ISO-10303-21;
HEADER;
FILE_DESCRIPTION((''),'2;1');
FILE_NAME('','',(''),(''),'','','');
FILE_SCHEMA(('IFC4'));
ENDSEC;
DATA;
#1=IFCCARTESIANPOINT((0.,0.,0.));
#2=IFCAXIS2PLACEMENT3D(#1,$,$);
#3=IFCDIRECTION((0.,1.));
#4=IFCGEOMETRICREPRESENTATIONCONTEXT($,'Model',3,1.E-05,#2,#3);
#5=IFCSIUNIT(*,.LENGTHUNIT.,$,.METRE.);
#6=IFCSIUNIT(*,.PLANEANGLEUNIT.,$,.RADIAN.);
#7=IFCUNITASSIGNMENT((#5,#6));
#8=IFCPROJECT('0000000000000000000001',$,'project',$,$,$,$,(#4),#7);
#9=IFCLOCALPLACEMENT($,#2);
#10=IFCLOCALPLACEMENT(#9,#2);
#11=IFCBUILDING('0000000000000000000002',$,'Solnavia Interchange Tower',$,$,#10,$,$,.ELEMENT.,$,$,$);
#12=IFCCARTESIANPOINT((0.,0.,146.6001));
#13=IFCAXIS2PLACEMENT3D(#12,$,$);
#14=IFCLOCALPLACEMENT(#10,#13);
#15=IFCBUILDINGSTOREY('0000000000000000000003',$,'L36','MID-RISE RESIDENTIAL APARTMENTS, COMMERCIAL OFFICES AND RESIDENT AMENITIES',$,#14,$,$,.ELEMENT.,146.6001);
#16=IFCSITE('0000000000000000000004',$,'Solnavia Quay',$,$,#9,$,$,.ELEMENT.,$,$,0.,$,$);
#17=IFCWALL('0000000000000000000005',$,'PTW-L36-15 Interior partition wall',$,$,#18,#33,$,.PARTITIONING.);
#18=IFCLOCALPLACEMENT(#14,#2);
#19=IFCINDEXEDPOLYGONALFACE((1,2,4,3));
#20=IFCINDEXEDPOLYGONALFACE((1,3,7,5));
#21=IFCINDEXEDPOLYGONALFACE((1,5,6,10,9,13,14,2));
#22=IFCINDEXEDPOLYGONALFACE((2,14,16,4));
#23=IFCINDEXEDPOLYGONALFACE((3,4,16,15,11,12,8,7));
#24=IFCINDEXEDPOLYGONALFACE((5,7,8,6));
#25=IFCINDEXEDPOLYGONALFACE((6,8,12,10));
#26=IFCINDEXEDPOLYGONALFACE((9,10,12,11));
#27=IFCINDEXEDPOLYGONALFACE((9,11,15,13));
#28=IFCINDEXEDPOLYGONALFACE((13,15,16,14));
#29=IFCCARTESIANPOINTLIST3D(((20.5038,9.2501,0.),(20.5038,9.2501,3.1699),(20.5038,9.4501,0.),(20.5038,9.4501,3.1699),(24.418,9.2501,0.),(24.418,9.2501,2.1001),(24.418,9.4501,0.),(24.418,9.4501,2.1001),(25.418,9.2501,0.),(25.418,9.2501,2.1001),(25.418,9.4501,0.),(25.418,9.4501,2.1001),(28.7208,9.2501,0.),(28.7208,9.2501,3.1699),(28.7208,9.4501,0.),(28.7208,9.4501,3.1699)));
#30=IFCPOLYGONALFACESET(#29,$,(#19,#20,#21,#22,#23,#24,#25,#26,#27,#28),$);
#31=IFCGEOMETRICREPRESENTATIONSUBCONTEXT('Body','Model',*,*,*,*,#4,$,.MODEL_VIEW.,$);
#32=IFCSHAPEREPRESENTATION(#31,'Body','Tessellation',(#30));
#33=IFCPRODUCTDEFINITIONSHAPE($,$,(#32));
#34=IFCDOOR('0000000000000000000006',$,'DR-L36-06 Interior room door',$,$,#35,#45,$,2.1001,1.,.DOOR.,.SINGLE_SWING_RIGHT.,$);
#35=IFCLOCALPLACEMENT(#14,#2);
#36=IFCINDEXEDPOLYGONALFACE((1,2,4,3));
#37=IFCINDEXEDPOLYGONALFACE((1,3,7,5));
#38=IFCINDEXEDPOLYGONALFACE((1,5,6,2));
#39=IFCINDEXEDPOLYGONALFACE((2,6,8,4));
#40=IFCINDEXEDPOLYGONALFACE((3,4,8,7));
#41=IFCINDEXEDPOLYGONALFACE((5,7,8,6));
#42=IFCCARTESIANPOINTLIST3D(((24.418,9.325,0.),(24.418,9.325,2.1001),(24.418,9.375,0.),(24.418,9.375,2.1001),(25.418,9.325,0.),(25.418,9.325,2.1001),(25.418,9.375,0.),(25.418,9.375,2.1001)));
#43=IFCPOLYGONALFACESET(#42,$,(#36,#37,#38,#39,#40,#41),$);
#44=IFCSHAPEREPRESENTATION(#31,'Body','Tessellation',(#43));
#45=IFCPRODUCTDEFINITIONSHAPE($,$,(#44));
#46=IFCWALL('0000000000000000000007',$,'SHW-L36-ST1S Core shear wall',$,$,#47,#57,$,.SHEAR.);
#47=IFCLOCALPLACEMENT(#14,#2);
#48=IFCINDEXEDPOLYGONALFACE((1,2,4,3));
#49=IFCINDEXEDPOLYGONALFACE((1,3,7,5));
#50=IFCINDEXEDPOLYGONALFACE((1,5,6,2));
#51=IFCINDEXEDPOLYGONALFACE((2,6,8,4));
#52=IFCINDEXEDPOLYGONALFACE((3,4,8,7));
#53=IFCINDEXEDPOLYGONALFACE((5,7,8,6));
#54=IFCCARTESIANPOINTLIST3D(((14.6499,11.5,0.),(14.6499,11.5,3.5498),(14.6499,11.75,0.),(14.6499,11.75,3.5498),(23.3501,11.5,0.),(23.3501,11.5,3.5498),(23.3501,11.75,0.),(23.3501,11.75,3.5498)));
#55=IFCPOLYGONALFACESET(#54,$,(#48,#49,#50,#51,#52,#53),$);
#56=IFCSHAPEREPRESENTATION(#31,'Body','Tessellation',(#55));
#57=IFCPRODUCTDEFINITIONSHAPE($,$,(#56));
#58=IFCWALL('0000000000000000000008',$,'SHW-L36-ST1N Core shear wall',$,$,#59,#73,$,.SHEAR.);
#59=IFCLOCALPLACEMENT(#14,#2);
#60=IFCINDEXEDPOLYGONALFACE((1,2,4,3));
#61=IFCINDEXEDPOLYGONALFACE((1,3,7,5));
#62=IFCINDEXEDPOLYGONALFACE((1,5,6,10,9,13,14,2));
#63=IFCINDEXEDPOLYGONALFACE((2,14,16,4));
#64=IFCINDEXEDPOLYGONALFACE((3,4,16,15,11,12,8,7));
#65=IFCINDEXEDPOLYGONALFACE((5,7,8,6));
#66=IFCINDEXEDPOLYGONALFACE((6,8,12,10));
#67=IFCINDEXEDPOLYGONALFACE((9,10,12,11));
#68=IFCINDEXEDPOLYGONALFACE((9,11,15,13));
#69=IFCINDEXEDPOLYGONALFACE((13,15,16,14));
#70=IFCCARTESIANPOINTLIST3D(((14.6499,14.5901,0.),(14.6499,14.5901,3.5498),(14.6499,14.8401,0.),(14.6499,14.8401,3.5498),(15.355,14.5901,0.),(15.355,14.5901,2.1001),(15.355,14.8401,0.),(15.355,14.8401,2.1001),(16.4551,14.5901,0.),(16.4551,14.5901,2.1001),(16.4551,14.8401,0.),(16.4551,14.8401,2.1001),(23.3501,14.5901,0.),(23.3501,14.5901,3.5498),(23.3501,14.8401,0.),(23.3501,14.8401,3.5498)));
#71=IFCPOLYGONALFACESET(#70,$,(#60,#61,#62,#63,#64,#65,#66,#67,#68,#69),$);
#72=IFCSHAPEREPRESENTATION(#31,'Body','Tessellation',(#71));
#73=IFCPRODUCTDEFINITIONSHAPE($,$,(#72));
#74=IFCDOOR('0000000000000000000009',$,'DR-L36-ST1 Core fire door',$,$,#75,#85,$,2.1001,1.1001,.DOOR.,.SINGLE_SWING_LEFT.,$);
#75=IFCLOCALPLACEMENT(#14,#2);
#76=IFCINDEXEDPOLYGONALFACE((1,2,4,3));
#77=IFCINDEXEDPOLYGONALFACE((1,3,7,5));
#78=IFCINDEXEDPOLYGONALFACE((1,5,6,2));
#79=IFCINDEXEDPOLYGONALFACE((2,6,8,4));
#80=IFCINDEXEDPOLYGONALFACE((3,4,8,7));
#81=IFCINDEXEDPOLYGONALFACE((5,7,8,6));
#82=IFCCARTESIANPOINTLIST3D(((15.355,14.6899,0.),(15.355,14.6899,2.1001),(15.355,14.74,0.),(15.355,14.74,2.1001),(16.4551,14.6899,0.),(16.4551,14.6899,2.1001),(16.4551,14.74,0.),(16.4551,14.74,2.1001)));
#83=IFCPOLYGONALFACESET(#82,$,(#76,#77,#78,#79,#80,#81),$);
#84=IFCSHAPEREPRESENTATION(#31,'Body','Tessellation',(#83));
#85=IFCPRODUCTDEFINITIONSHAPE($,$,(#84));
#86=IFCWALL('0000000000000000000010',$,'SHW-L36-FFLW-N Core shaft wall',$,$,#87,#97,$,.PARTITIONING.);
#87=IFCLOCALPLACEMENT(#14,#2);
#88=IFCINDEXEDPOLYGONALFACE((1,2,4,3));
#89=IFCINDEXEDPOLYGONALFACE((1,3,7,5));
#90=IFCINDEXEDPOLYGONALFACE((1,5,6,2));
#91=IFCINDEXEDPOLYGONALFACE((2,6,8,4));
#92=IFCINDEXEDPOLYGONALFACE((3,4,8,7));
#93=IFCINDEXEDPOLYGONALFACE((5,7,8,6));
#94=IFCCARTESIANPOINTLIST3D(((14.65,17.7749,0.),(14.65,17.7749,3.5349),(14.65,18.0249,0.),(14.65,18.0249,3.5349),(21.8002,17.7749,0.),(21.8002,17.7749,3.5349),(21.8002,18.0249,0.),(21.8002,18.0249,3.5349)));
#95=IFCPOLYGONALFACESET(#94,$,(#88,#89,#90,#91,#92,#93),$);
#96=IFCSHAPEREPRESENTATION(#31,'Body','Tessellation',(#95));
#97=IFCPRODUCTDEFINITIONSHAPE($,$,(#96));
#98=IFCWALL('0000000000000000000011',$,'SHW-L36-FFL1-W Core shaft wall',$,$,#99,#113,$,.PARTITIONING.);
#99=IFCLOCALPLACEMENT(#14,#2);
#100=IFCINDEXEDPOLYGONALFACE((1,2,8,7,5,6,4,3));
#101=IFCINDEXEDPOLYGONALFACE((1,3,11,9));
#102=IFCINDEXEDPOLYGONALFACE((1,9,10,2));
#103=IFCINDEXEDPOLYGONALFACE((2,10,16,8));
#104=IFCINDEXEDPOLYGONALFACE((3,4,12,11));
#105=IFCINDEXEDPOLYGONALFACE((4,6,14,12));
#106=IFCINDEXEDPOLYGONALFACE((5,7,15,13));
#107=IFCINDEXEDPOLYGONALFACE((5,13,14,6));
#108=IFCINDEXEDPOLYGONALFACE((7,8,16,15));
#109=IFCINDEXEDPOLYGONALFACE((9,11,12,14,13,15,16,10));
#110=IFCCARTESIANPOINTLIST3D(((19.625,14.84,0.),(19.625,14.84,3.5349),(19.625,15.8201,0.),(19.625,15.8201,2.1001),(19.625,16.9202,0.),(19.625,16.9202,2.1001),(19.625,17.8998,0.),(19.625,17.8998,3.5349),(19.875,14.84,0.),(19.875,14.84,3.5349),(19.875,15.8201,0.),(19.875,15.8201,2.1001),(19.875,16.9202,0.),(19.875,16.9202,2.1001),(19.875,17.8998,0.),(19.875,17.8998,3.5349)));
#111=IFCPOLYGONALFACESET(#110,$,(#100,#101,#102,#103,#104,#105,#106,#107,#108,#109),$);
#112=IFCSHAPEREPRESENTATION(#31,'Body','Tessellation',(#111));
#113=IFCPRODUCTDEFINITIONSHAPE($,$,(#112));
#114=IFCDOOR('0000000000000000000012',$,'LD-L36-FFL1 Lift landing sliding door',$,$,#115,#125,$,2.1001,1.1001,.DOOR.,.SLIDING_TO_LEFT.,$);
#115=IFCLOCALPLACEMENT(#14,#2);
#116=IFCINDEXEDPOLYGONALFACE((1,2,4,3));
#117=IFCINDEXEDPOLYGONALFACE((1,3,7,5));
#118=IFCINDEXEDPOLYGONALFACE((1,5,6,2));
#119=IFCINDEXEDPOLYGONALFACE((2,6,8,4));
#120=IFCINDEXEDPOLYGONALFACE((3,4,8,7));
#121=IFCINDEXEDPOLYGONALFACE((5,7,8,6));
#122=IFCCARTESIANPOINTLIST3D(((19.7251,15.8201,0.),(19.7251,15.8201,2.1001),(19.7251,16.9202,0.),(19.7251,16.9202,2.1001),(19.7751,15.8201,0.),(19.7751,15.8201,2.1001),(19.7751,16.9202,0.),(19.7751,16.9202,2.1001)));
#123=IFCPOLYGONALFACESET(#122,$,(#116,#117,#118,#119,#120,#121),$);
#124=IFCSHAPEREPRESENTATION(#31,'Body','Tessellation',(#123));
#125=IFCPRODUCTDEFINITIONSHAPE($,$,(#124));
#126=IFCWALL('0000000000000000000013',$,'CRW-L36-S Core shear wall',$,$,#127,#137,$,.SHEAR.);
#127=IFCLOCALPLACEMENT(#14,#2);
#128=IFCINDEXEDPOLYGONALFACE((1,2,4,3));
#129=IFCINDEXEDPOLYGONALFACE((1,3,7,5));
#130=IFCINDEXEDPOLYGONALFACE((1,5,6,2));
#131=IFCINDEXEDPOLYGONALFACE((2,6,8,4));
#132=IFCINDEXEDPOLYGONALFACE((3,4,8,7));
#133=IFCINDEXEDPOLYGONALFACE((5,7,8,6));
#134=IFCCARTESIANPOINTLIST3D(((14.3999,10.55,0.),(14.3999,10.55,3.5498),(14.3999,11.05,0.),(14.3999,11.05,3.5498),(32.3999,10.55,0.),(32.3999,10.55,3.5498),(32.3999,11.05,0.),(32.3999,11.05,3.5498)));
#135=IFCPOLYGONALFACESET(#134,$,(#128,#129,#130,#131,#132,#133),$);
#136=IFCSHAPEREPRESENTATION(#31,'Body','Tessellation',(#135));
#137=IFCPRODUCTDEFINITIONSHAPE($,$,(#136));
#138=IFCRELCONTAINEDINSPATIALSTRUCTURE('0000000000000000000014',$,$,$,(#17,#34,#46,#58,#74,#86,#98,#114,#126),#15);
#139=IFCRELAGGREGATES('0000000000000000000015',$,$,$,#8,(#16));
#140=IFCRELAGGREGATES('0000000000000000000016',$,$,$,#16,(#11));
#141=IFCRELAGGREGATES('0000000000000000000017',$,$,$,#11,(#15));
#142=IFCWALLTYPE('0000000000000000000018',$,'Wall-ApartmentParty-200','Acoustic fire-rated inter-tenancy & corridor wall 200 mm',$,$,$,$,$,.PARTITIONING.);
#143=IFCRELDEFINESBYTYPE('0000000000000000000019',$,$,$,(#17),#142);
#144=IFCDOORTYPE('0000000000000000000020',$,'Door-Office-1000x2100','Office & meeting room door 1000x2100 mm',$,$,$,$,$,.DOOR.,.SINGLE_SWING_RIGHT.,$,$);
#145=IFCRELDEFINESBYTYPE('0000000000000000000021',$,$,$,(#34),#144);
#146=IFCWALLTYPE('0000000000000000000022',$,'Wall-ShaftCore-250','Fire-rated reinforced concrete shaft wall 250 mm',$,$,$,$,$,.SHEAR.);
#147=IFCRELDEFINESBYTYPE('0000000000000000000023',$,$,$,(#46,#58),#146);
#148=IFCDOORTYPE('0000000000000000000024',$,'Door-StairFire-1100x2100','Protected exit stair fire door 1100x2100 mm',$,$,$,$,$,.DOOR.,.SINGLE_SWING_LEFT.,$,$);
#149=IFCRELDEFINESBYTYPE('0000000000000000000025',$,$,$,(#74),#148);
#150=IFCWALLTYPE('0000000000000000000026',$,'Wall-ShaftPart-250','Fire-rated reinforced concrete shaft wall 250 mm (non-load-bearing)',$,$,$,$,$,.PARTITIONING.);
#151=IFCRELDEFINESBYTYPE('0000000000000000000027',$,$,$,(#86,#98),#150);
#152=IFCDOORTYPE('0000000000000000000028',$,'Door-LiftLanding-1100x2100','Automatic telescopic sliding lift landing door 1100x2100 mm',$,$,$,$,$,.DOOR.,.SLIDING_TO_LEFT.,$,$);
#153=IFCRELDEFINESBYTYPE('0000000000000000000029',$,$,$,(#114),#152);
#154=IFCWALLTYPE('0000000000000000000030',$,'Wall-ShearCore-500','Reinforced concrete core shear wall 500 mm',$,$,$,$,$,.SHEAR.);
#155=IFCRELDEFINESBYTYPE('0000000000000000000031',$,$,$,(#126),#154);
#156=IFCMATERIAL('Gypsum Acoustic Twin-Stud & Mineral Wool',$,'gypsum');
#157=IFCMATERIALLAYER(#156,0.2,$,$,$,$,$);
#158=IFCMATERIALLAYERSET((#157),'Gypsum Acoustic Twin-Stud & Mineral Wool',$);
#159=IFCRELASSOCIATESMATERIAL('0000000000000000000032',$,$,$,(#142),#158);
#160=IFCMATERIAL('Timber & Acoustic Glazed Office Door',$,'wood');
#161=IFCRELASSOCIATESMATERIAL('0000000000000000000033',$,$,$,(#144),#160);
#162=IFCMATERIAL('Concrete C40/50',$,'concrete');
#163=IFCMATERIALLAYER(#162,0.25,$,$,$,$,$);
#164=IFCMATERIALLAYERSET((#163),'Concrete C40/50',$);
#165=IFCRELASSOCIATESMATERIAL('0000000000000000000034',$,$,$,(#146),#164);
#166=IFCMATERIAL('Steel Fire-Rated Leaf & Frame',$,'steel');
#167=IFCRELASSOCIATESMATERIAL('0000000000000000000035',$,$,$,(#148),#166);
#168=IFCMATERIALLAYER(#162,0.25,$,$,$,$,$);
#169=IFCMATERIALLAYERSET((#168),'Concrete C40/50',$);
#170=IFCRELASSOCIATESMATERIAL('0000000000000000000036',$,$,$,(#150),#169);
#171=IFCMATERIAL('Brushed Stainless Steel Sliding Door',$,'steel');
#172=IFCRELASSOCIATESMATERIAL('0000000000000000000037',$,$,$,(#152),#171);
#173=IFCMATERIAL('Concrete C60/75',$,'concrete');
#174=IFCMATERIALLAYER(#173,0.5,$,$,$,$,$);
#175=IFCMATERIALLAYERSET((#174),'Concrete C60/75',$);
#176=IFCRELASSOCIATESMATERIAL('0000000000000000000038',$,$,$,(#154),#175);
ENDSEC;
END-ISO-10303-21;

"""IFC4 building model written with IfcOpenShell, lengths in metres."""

from ifc_helpers import new_model, si_unit, direction, frame, frame_2d, origin, place, context, subcontext, project, spatial, rectangle, extrude, material, layer, layer_set, type_object, element, fill, save


model = new_model("IFC4")

# Units and contexts
model_context = context("Model", 3, precision=1e-05, world=origin(), true_north=direction((0.0, 1.0)))
body_context = subcontext(model_context, "Body", "Model", "MODEL_VIEW")
ifc_project = project(units=[si_unit("LENGTHUNIT", "METRE"), si_unit("PLANEANGLEUNIT", "RADIAN")], contexts=[model_context])

# Site, building, storey
site_placement = place(None, origin())
site = spatial("IfcSite", under=ifc_project, at=site_placement, Name="Solnavia Quay", CompositionType="ELEMENT", RefElevation=0.0)
building_placement = place(site_placement, origin())
building = spatial("IfcBuilding", under=site, at=building_placement, Name="Solnavia Interchange Tower", CompositionType="ELEMENT")
storey_placement = place(building_placement, frame((0.0, 0.0, 146.6001)))
storey = spatial("IfcBuildingStorey", under=building, at=storey_placement, Name="L36", Description="MID-RISE RESIDENTIAL APARTMENTS, COMMERCIAL OFFICES AND RESIDENT AMENITIES", CompositionType="ELEMENT", Elevation=146.6001)

# Shared definitions
ifc_material_1 = material(Name="Gypsum Acoustic Twin-Stud & Mineral Wool", Category="gypsum")
ifc_layer_1 = layer(ifc_material_1, 0.2)
ifc_layer_set_1 = layer_set([ifc_layer_1], Name="Gypsum Acoustic Twin-Stud & Mineral Wool")
wall_type_1 = type_object("IfcWallType", Name="Wall-ApartmentParty-200", Description="Acoustic fire-rated inter-tenancy & corridor wall 200 mm", PredefinedType="PARTITIONING", material=ifc_layer_set_1)

# Wall, opening, door
wall_1_placement = place(storey_placement, frame((20.5039, 9.3501, 0.0), z_axis=(0.0, 0.0, 1.0), x_axis=(1.0, 0.0, 0.0)))
wall_1 = element("IfcWall", 1, at=wall_1_placement, inside=storey, type_object=wall_type_1, Name="PTW-L36-15 Interior partition wall", PredefinedType="PARTITIONING", context=body_context, shape_type="SweptSolid", body=[
    extrude(rectangle(XDim=8.217, YDim=0.2, at=frame_2d((4.1084, 0.0))), origin(), (0.0, 0.0, 1.0), 3.1699),
])
opening_1_placement = place(wall_1_placement, frame((3.9141, 0.0, 0.0)))
opening_1 = element("IfcOpeningElement", 2, at=opening_1_placement, cuts=wall_1, PredefinedType="OPENING", context=body_context, shape_type="SweptSolid", body=[
    extrude(rectangle(XDim=1.0, YDim=2.1001, at=frame_2d((0.5, 1.05))), frame((0.0, 0.1099, 0.0), z_axis=(0.0, -1.0, 0.0), x_axis=(1.0, 0.0, 0.0)), (0.0, 0.0, 1.0), 0.22),
])
ifc_material_2 = material(Name="Timber & Acoustic Glazed Office Door", Category="wood")
door_type_1 = type_object("IfcDoorType", Name="Door-Office-1000x2100", Description="Office & meeting room door 1000x2100 mm", OperationType="SINGLE_SWING_RIGHT", PredefinedType="DOOR", material=ifc_material_2)
door_1_placement = place(opening_1_placement, origin())
door_1 = element("IfcDoor", 3, at=door_1_placement, inside=storey, type_object=door_type_1, Name="DR-L36-06 Interior room door", OperationType="SINGLE_SWING_RIGHT", OverallHeight=2.1001, OverallWidth=1.0, PredefinedType="DOOR", context=body_context, shape_type="SweptSolid", body=[
    extrude(rectangle(XDim=1.0, YDim=2.1001, at=frame_2d((0.5, 1.05))), frame((0.0, 0.0249, 0.0), z_axis=(0.0, -1.0, 0.0), x_axis=(1.0, 0.0, 0.0)), (0.0, 0.0, 1.0), 0.05),
])
fill(opening_1, door_1)

# Wall
ifc_material_3 = material(Name="Concrete C40/50", Category="concrete")
ifc_layer_2 = layer(ifc_material_3, 0.25)
ifc_layer_set_2 = layer_set([ifc_layer_2], Name="Concrete C40/50")
wall_type_2 = type_object("IfcWallType", Name="Wall-ShaftCore-250", Description="Fire-rated reinforced concrete shaft wall 250 mm", PredefinedType="SHEAR", material=ifc_layer_set_2)
wall_2_placement = place(storey_placement, frame((14.6499, 11.625, 0.0), z_axis=(0.0, 0.0, 1.0), x_axis=(1.0, 0.0, 0.0)))
element("IfcWall", 4, at=wall_2_placement, inside=storey, type_object=wall_type_2, Name="SHW-L36-ST1S Core shear wall", PredefinedType="SHEAR", context=body_context, shape_type="SweptSolid", body=[
    extrude(rectangle(XDim=8.7002, YDim=0.25, at=frame_2d((4.3501, 0.0))), origin(), (0.0, 0.0, 1.0), 3.5498),
])

# Wall, opening, door
wall_3_placement = place(storey_placement, frame((14.6499, 14.7151, 0.0), z_axis=(0.0, 0.0, 1.0), x_axis=(1.0, 0.0, 0.0)))
wall_3 = element("IfcWall", 5, at=wall_3_placement, inside=storey, type_object=wall_type_2, Name="SHW-L36-ST1N Core shear wall", PredefinedType="SHEAR", context=body_context, shape_type="SweptSolid", body=[
    extrude(rectangle(XDim=8.7002, YDim=0.25, at=frame_2d((4.3501, 0.0))), origin(), (0.0, 0.0, 1.0), 3.5498),
])
opening_2_placement = place(wall_3_placement, frame((0.7051, 0.0, 0.0)))
opening_2 = element("IfcOpeningElement", 6, at=opening_2_placement, cuts=wall_3, PredefinedType="OPENING", context=body_context, shape_type="SweptSolid", body=[
    extrude(rectangle(XDim=1.1001, YDim=2.1001, at=frame_2d((0.55, 1.05))), frame((0.0, 0.135, 0.0), z_axis=(0.0, -1.0, 0.0), x_axis=(1.0, 0.0, 0.0)), (0.0, 0.0, 1.0), 0.27),
])
ifc_material_4 = material(Name="Steel Fire-Rated Leaf & Frame", Category="steel")
door_type_2 = type_object("IfcDoorType", Name="Door-StairFire-1100x2100", Description="Protected exit stair fire door 1100x2100 mm", OperationType="SINGLE_SWING_LEFT", PredefinedType="DOOR", material=ifc_material_4)
door_2_placement = place(opening_2_placement, origin())
door_2 = element("IfcDoor", 7, at=door_2_placement, inside=storey, type_object=door_type_2, Name="DR-L36-ST1 Core fire door", OperationType="SINGLE_SWING_LEFT", OverallHeight=2.1001, OverallWidth=1.1001, PredefinedType="DOOR", context=body_context, shape_type="SweptSolid", body=[
    extrude(rectangle(XDim=1.1001, YDim=2.1001, at=frame_2d((0.55, 1.05))), frame((0.0, 0.0249, 0.0), z_axis=(0.0, -1.0, 0.0), x_axis=(1.0, 0.0, 0.0)), (0.0, 0.0, 1.0), 0.05),
])
fill(opening_2, door_2)

# Wall
ifc_layer_3 = layer(ifc_material_3, 0.25)
ifc_layer_set_3 = layer_set([ifc_layer_3], Name="Concrete C40/50")
wall_type_3 = type_object("IfcWallType", Name="Wall-ShaftPart-250", Description="Fire-rated reinforced concrete shaft wall 250 mm (non-load-bearing)", PredefinedType="PARTITIONING", material=ifc_layer_set_3)
wall_4_placement = place(storey_placement, frame((14.6499, 17.8999, 0.0), z_axis=(0.0, 0.0, 1.0), x_axis=(1.0, 0.0, 0.0)))
element("IfcWall", 8, at=wall_4_placement, inside=storey, type_object=wall_type_3, Name="SHW-L36-FFLW-N Core shaft wall", PredefinedType="PARTITIONING", context=body_context, shape_type="SweptSolid", body=[
    extrude(rectangle(XDim=7.1501, YDim=0.25, at=frame_2d((3.5752, 0.0))), origin(), (0.0, 0.0, 1.0), 3.5349),
])

# Wall, opening, door
wall_5_placement = place(storey_placement, frame((19.75, 14.8401, 0.0), z_axis=(0.0, 0.0, 1.0), x_axis=(0.0, 1.0, 0.0)))
wall_5 = element("IfcWall", 9, at=wall_5_placement, inside=storey, type_object=wall_type_3, Name="SHW-L36-FFL1-W Core shaft wall", PredefinedType="PARTITIONING", context=body_context, shape_type="SweptSolid", body=[
    extrude(rectangle(XDim=3.0598, YDim=0.25, at=frame_2d((1.5298, 0.0))), origin(), (0.0, 0.0, 1.0), 3.5349),
])
opening_3_placement = place(wall_5_placement, frame((0.98, 0.0, 0.0)))
opening_3 = element("IfcOpeningElement", 10, at=opening_3_placement, cuts=wall_5, PredefinedType="OPENING", context=body_context, shape_type="SweptSolid", body=[
    extrude(rectangle(XDim=1.1001, YDim=2.1001, at=frame_2d((0.55, 1.05))), frame((0.0, 0.135, 0.0), z_axis=(0.0, -1.0, 0.0), x_axis=(1.0, 0.0, 0.0)), (0.0, 0.0, 1.0), 0.27),
])
ifc_material_5 = material(Name="Brushed Stainless Steel Sliding Door", Category="steel")
door_type_3 = type_object("IfcDoorType", Name="Door-LiftLanding-1100x2100", Description="Automatic telescopic sliding lift landing door 1100x2100 mm", OperationType="SLIDING_TO_LEFT", PredefinedType="DOOR", material=ifc_material_5)
door_3_placement = place(opening_3_placement, origin())
door_3 = element("IfcDoor", 11, at=door_3_placement, inside=storey, type_object=door_type_3, Name="LD-L36-FFL1 Lift landing sliding door", OperationType="SLIDING_TO_LEFT", OverallHeight=2.1001, OverallWidth=1.1001, PredefinedType="DOOR", context=body_context, shape_type="SweptSolid", body=[
    extrude(rectangle(XDim=1.1001, YDim=2.1001, at=frame_2d((0.55, 1.05))), frame((0.0, 0.0249, 0.0), z_axis=(0.0, -1.0, 0.0), x_axis=(1.0, 0.0, 0.0)), (0.0, 0.0, 1.0), 0.05),
])
fill(opening_3, door_3)

# Wall
ifc_material_6 = material(Name="Concrete C60/75", Category="concrete")
ifc_layer_4 = layer(ifc_material_6, 0.5)
ifc_layer_set_4 = layer_set([ifc_layer_4], Name="Concrete C60/75")
wall_type_4 = type_object("IfcWallType", Name="Wall-ShearCore-500", Description="Reinforced concrete core shear wall 500 mm", PredefinedType="SHEAR", material=ifc_layer_set_4)
wall_6_placement = place(storey_placement, frame((14.3999, 10.8, 0.0), z_axis=(0.0, 0.0, 1.0), x_axis=(1.0, 0.0, 0.0)))
element("IfcWall", 12, at=wall_6_placement, inside=storey, type_object=wall_type_4, Name="CRW-L36-S Core shear wall", PredefinedType="SHEAR", context=body_context, shape_type="SweptSolid", body=[
    extrude(rectangle(XDim=18.0, YDim=0.5, at=frame_2d((9.0, 0.0))), origin(), (0.0, 0.0, 1.0), 3.5498),
])

save(model, "model.ifc")
